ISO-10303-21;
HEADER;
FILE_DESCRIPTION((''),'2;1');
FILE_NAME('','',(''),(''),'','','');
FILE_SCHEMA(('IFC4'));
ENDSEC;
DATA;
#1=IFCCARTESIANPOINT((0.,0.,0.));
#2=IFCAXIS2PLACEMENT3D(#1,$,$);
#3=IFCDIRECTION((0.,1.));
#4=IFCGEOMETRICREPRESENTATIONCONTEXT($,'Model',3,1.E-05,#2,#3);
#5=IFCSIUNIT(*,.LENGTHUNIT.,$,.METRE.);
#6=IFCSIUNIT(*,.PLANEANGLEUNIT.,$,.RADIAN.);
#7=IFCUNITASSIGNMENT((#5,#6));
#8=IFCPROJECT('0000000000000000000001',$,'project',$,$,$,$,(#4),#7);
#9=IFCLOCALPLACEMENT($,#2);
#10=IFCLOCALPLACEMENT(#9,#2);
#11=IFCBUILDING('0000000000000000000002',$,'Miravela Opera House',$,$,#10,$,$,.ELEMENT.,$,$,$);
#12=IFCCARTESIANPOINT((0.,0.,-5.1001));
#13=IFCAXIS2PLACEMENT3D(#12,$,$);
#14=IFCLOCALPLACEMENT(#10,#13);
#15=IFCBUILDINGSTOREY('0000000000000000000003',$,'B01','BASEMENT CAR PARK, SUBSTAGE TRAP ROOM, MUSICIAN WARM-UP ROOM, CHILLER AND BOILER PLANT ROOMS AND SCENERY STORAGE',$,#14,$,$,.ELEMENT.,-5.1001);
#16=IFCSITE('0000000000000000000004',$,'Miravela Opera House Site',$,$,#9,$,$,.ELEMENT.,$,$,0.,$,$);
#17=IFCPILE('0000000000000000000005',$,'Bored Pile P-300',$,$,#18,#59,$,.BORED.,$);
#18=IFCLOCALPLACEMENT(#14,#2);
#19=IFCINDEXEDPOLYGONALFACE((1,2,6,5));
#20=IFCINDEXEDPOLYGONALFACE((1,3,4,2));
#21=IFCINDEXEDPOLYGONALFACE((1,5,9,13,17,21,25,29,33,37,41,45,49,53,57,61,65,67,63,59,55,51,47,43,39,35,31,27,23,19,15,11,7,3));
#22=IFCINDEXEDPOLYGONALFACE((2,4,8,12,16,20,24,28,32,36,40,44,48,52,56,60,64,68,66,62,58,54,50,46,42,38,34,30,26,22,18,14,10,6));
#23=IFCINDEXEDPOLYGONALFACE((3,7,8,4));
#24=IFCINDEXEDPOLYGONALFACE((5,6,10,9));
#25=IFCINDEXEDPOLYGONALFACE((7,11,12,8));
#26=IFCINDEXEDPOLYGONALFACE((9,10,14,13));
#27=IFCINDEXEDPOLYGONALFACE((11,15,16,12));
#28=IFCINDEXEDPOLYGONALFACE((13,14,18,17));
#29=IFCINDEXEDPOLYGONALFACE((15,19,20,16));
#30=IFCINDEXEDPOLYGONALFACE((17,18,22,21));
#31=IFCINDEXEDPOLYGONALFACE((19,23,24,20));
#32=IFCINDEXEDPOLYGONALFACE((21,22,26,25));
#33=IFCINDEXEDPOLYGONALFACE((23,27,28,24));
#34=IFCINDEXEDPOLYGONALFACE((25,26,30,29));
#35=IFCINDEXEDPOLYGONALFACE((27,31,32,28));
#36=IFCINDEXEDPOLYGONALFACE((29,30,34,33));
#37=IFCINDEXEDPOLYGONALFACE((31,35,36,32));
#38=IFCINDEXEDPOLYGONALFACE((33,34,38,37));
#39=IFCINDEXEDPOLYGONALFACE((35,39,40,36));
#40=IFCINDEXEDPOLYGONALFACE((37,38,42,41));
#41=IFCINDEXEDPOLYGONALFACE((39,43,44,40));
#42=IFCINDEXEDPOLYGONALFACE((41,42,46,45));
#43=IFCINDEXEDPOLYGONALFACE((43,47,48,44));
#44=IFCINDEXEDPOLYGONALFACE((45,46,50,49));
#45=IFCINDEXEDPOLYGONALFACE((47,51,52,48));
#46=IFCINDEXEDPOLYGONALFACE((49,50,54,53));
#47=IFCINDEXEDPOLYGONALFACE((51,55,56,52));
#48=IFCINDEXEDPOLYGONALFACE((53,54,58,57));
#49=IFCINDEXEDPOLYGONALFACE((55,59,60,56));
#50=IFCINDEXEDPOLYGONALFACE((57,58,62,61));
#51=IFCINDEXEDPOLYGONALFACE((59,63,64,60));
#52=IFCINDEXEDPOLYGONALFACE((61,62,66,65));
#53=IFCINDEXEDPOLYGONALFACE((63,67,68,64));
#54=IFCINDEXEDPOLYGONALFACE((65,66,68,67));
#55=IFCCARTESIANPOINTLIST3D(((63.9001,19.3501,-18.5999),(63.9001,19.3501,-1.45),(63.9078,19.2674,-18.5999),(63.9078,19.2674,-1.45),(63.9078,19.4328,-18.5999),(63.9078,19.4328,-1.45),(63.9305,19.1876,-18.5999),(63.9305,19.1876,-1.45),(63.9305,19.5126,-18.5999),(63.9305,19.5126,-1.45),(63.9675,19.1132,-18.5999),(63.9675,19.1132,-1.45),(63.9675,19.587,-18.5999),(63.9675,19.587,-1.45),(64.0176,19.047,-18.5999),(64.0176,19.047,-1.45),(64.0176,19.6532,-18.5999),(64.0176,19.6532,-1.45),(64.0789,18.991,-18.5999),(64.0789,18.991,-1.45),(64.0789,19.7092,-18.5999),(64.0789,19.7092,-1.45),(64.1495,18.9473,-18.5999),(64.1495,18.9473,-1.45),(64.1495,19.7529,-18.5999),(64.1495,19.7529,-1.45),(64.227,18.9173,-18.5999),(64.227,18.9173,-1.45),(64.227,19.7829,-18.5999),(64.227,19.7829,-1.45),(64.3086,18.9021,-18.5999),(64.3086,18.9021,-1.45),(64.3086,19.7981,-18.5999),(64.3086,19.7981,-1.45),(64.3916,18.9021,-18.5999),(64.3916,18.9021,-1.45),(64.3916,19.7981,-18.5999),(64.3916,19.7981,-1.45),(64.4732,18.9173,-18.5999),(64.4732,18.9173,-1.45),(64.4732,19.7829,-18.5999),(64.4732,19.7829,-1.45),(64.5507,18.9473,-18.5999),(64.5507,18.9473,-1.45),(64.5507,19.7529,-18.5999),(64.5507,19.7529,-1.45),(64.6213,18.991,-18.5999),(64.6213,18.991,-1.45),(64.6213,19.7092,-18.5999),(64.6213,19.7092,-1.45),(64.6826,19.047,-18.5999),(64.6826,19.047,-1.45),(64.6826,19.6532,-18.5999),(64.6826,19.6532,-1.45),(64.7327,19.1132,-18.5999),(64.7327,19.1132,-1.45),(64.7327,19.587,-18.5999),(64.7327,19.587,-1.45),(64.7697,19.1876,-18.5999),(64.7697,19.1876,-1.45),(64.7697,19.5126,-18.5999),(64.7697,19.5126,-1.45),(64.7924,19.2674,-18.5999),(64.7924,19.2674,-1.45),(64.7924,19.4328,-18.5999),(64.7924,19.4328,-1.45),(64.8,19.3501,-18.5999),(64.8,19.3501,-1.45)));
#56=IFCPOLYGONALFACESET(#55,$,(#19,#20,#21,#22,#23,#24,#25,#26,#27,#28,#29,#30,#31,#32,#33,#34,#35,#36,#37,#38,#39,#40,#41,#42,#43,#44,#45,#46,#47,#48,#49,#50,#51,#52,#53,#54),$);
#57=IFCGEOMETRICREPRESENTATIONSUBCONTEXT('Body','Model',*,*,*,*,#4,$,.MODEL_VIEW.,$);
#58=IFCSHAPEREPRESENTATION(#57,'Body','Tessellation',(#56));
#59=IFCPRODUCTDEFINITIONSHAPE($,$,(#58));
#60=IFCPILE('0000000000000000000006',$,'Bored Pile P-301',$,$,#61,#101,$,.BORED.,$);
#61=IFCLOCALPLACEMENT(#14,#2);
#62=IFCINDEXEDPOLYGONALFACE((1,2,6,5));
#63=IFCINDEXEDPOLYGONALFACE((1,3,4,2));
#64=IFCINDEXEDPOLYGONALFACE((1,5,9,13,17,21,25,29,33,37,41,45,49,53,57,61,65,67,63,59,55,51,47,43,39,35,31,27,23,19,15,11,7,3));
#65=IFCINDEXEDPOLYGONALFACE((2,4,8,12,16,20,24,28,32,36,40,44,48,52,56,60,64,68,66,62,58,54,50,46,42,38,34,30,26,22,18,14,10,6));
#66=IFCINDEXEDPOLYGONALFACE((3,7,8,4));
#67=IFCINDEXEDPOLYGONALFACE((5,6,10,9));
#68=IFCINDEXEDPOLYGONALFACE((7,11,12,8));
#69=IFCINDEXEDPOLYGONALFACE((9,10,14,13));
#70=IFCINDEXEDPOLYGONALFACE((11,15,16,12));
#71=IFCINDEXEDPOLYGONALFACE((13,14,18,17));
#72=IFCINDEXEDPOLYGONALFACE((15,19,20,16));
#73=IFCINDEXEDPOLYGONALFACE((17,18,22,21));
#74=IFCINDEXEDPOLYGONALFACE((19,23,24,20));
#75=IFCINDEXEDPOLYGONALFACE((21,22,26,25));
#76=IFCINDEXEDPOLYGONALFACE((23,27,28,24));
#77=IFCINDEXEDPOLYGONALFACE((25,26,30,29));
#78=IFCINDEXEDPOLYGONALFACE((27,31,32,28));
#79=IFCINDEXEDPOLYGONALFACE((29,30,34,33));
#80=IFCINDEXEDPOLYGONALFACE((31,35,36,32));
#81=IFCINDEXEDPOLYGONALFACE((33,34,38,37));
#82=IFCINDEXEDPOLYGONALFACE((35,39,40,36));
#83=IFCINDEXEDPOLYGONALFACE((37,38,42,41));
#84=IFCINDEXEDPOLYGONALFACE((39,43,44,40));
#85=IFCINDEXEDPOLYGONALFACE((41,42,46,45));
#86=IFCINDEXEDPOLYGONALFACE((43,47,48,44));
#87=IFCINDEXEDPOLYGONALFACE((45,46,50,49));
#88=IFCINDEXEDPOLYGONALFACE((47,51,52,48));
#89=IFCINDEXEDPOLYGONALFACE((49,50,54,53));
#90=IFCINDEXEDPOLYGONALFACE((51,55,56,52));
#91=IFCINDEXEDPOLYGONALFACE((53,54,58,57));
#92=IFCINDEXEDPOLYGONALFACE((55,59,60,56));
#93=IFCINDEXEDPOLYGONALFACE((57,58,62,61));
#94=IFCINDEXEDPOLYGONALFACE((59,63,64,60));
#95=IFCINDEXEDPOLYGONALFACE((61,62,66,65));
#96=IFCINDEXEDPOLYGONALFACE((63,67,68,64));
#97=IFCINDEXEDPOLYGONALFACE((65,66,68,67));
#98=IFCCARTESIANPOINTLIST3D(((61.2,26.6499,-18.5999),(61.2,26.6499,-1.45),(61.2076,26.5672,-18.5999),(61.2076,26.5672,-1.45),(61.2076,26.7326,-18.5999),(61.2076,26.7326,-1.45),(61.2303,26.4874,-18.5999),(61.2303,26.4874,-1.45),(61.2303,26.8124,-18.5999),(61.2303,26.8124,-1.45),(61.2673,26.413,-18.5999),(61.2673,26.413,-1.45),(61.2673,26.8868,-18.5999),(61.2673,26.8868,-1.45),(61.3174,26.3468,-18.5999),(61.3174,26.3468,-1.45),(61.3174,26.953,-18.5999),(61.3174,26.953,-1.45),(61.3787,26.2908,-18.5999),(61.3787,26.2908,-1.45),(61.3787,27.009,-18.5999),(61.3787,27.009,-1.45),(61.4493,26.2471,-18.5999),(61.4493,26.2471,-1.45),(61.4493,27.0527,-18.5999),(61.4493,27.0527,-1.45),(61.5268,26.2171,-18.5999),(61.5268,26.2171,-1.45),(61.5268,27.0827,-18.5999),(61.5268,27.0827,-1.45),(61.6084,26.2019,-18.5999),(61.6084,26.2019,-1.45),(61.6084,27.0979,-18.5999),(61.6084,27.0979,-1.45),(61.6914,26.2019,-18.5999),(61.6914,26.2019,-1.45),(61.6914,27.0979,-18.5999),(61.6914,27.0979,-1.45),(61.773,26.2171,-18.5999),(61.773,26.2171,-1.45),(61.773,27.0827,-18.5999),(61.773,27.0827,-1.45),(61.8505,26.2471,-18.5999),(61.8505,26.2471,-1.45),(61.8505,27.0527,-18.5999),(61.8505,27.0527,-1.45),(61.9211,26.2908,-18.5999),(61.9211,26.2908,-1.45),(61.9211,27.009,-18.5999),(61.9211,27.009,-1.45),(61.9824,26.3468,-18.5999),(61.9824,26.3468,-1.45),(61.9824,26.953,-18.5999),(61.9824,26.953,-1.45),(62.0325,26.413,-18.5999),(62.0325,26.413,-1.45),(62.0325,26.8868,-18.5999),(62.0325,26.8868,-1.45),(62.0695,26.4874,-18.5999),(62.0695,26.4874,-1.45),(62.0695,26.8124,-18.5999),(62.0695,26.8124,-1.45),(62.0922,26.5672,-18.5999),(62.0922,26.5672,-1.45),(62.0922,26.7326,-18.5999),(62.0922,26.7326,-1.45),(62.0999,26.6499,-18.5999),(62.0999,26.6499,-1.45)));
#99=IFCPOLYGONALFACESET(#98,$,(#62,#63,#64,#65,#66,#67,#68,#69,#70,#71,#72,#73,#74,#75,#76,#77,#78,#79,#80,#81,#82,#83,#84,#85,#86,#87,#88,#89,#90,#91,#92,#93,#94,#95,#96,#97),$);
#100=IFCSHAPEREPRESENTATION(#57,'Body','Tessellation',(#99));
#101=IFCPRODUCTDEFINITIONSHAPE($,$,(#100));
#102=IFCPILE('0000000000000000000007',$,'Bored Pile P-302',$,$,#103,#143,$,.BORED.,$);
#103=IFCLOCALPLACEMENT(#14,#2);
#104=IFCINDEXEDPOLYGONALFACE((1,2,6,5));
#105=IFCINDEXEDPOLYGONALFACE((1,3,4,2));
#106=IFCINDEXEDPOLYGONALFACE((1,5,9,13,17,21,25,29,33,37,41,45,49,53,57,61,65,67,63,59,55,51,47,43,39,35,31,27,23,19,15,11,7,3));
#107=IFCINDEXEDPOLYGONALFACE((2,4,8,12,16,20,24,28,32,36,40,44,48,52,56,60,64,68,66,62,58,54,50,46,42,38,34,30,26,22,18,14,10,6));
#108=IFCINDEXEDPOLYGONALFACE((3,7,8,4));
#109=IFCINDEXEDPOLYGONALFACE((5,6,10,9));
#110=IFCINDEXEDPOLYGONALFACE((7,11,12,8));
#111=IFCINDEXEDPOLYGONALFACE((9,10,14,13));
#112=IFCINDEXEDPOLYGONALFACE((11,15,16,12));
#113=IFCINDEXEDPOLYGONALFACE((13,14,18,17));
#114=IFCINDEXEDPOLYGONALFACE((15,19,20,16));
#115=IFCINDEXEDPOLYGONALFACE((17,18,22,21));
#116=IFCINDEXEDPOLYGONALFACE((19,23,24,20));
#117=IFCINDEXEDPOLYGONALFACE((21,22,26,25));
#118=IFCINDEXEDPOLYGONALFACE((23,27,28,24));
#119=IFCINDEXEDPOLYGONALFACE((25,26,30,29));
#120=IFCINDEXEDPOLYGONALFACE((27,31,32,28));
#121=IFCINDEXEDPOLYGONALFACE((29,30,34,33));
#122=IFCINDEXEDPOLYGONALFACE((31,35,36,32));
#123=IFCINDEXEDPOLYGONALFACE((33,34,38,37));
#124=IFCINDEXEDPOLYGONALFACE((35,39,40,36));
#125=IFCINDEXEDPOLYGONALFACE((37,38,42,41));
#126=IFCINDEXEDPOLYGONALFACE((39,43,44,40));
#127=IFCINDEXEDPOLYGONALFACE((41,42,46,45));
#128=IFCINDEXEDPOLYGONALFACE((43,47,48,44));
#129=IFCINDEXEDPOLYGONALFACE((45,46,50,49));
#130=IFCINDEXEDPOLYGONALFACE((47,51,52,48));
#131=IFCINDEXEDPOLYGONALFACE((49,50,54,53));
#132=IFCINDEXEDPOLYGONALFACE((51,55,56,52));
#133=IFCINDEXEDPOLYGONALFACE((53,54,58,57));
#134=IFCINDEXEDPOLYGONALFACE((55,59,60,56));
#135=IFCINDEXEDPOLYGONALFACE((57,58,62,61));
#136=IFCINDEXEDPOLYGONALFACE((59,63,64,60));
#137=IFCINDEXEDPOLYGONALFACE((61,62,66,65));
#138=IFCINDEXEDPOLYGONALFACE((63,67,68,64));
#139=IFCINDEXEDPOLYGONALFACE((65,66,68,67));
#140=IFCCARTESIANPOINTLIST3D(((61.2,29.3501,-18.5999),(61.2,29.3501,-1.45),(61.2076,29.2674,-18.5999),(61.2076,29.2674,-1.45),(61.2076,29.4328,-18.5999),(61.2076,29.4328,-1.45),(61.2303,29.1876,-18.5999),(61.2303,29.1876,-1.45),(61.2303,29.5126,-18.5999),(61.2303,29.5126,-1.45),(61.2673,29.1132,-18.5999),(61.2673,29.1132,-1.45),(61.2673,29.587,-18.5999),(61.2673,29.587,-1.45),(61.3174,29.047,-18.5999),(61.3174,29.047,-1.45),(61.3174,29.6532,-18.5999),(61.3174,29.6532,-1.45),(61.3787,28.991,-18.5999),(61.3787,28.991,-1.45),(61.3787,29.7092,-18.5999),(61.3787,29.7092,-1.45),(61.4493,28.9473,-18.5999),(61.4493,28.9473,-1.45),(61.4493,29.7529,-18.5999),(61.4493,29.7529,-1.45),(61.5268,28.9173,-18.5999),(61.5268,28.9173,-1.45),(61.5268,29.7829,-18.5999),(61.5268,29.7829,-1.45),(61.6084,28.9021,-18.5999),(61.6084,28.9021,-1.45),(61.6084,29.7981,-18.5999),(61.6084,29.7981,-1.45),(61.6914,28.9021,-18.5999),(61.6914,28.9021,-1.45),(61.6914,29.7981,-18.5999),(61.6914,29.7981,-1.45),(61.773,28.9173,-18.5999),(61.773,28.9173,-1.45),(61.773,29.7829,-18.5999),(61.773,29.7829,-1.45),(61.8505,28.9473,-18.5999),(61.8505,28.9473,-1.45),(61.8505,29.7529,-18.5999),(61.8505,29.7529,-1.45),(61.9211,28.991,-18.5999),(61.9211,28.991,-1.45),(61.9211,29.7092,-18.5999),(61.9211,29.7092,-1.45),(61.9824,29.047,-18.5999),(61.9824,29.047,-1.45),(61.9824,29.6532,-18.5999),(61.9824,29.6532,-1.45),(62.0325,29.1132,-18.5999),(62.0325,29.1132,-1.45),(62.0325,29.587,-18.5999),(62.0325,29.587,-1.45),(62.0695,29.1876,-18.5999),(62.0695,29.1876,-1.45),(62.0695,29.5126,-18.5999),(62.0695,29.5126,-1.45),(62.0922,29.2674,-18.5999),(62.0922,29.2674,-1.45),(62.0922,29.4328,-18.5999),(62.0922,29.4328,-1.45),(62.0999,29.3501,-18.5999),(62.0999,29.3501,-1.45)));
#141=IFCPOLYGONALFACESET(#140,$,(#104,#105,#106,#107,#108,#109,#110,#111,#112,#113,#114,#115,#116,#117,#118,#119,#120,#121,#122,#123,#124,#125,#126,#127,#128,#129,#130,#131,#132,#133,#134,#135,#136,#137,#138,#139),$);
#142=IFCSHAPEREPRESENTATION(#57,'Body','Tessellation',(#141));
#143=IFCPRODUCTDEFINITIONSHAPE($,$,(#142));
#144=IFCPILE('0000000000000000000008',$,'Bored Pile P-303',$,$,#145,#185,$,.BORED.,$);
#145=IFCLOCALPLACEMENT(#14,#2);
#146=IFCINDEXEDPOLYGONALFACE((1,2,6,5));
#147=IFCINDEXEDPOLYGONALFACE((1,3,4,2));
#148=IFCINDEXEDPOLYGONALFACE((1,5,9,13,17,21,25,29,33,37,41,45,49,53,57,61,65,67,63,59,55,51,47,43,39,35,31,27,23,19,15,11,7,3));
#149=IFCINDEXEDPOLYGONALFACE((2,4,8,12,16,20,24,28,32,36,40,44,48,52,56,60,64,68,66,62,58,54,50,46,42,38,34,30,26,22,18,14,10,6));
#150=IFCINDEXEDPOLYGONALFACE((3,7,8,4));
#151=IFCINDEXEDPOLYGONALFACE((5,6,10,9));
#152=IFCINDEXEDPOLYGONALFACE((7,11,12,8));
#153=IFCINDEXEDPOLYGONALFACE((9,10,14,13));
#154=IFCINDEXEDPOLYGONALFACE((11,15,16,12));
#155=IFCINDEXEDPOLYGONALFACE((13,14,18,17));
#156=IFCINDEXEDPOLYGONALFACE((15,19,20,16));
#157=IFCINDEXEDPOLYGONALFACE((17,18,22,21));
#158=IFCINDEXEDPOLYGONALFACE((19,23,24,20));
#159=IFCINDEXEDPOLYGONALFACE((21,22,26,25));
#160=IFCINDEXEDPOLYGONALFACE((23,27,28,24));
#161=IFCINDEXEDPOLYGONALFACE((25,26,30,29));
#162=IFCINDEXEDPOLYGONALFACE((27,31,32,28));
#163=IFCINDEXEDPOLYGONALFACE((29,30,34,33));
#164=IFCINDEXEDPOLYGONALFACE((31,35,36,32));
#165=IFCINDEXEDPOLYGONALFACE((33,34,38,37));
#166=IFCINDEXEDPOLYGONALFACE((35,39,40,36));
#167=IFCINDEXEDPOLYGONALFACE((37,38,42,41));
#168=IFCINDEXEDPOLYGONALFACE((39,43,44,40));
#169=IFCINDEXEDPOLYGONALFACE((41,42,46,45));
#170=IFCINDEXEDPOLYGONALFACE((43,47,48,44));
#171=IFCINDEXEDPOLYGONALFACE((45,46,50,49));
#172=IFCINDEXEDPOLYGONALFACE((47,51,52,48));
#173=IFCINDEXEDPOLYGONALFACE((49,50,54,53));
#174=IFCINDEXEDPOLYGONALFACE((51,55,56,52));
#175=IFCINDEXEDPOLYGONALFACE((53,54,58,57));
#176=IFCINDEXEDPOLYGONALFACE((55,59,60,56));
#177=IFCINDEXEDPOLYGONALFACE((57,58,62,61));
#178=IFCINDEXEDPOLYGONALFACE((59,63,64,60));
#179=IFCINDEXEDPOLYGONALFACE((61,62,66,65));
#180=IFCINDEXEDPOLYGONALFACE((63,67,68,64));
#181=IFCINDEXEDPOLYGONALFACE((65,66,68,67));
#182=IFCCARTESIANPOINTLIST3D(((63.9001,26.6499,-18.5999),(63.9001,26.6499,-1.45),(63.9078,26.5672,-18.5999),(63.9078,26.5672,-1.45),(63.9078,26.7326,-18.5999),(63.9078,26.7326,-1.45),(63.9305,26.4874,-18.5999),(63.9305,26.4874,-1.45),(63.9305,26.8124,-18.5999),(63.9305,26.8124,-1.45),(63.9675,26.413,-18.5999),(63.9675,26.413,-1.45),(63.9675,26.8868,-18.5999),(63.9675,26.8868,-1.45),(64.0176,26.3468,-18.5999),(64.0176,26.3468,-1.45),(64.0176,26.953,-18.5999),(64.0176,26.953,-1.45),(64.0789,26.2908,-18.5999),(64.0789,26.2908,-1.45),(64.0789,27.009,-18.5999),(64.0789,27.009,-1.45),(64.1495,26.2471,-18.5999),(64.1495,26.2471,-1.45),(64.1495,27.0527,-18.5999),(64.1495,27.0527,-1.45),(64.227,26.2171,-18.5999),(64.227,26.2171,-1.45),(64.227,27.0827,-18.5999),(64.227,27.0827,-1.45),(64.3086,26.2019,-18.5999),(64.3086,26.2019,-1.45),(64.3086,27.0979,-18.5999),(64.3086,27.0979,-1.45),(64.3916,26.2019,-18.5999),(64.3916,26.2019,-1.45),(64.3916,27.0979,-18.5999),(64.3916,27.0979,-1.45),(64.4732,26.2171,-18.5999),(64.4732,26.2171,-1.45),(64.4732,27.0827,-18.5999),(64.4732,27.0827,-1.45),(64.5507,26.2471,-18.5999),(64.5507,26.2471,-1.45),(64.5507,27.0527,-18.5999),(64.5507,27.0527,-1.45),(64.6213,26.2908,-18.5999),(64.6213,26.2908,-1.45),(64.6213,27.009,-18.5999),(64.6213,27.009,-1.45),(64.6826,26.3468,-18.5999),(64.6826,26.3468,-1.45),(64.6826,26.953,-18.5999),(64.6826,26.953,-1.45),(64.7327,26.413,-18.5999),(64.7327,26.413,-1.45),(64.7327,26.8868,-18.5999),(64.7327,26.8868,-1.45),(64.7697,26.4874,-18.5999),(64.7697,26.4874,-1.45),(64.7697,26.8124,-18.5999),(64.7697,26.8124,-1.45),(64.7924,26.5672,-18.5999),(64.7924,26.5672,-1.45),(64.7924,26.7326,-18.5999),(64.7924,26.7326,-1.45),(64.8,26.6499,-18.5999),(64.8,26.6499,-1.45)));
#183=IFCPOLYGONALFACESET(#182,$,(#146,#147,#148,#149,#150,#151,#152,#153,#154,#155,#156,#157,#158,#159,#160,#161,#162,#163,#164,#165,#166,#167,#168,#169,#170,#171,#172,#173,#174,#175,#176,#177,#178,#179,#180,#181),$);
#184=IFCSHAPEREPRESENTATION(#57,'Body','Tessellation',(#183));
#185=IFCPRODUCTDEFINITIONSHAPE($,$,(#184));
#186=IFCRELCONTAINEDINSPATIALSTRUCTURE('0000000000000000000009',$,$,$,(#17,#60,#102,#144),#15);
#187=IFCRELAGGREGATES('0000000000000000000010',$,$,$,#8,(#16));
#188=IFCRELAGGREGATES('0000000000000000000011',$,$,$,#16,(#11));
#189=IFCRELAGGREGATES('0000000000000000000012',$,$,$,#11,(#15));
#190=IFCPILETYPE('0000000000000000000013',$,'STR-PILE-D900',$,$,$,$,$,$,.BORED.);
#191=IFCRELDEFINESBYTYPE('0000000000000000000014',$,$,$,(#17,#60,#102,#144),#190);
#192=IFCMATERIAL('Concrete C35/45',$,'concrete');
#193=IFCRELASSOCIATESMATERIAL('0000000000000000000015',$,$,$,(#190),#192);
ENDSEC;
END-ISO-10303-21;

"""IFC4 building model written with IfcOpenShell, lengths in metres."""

from ifc_helpers import new_model, si_unit, direction, frame, origin, origin_2d, place, context, subcontext, project, spatial, circle, extrude, material, material_profile, profile_set, type_object, element, save


model = new_model("IFC4")

# Units and contexts
model_context = context("Model", 3, precision=1e-05, world=origin(), true_north=direction((0.0, 1.0)))
body_context = subcontext(model_context, "Body", "Model", "MODEL_VIEW")
ifc_project = project(units=[si_unit("LENGTHUNIT", "METRE"), si_unit("PLANEANGLEUNIT", "RADIAN")], contexts=[model_context])

# Site, building, storey
site_placement = place(None, origin())
site = spatial("IfcSite", under=ifc_project, at=site_placement, Name="Miravela Opera House Site", CompositionType="ELEMENT", RefElevation=0.0)
building_placement = place(site_placement, origin())
building = spatial("IfcBuilding", under=site, at=building_placement, Name="Miravela Opera House", CompositionType="ELEMENT")
storey_placement = place(building_placement, frame((0.0, 0.0, -5.1001)))
storey = spatial("IfcBuildingStorey", under=building, at=storey_placement, Name="B01", Description="BASEMENT CAR PARK, SUBSTAGE TRAP ROOM, MUSICIAN WARM-UP ROOM, CHILLER AND BOILER PLANT ROOMS AND SCENERY STORAGE", CompositionType="ELEMENT", Elevation=-5.1001)

# Shared definitions
ifc_material_1 = material(Name="Concrete C35/45", Category="concrete")

# Piles
ifc_material_profile_1 = material_profile(ifc_material_1, circle(Radius=0.45, at=origin_2d()), Name="PILE-D900")
ifc_profile_set_1 = profile_set([ifc_material_profile_1])
pile_type_1 = type_object("IfcPileType", Name="STR-PILE-D900", PredefinedType="BORED", material=ifc_profile_set_1)
for number, where, z_axis, x_axis, name in (
    (1, (64.3501, 19.3501, -1.45), (0.0, 0.0, -1.0), (1.0, 0.0, 0.0), "Bored Pile P-300"),
    (2, (61.6499, 26.6499, -1.45), (0.0, 0.0, -1.0), (1.0, 0.0, 0.0), "Bored Pile P-301"),
    (3, (61.6499, 29.3501, -1.45), (0.0, 0.0, -1.0), (1.0, 0.0, 0.0), "Bored Pile P-302"),
    (4, (64.3501, 26.6499, -1.45), (0.0, 0.0, -1.0), (1.0, 0.0, 0.0), "Bored Pile P-303"),
):
    element("IfcPile", number, at=place(storey_placement, frame(where, z_axis=z_axis, x_axis=x_axis)), inside=storey, type_object=pile_type_1, Name=name, PredefinedType="BORED", context=body_context, shape_type="SweptSolid", body=[
        extrude(circle(Radius=0.45, at=origin_2d()), origin(), (0.0, 0.0, 1.0), 17.1499),
    ])

save(model, "model.ifc")
